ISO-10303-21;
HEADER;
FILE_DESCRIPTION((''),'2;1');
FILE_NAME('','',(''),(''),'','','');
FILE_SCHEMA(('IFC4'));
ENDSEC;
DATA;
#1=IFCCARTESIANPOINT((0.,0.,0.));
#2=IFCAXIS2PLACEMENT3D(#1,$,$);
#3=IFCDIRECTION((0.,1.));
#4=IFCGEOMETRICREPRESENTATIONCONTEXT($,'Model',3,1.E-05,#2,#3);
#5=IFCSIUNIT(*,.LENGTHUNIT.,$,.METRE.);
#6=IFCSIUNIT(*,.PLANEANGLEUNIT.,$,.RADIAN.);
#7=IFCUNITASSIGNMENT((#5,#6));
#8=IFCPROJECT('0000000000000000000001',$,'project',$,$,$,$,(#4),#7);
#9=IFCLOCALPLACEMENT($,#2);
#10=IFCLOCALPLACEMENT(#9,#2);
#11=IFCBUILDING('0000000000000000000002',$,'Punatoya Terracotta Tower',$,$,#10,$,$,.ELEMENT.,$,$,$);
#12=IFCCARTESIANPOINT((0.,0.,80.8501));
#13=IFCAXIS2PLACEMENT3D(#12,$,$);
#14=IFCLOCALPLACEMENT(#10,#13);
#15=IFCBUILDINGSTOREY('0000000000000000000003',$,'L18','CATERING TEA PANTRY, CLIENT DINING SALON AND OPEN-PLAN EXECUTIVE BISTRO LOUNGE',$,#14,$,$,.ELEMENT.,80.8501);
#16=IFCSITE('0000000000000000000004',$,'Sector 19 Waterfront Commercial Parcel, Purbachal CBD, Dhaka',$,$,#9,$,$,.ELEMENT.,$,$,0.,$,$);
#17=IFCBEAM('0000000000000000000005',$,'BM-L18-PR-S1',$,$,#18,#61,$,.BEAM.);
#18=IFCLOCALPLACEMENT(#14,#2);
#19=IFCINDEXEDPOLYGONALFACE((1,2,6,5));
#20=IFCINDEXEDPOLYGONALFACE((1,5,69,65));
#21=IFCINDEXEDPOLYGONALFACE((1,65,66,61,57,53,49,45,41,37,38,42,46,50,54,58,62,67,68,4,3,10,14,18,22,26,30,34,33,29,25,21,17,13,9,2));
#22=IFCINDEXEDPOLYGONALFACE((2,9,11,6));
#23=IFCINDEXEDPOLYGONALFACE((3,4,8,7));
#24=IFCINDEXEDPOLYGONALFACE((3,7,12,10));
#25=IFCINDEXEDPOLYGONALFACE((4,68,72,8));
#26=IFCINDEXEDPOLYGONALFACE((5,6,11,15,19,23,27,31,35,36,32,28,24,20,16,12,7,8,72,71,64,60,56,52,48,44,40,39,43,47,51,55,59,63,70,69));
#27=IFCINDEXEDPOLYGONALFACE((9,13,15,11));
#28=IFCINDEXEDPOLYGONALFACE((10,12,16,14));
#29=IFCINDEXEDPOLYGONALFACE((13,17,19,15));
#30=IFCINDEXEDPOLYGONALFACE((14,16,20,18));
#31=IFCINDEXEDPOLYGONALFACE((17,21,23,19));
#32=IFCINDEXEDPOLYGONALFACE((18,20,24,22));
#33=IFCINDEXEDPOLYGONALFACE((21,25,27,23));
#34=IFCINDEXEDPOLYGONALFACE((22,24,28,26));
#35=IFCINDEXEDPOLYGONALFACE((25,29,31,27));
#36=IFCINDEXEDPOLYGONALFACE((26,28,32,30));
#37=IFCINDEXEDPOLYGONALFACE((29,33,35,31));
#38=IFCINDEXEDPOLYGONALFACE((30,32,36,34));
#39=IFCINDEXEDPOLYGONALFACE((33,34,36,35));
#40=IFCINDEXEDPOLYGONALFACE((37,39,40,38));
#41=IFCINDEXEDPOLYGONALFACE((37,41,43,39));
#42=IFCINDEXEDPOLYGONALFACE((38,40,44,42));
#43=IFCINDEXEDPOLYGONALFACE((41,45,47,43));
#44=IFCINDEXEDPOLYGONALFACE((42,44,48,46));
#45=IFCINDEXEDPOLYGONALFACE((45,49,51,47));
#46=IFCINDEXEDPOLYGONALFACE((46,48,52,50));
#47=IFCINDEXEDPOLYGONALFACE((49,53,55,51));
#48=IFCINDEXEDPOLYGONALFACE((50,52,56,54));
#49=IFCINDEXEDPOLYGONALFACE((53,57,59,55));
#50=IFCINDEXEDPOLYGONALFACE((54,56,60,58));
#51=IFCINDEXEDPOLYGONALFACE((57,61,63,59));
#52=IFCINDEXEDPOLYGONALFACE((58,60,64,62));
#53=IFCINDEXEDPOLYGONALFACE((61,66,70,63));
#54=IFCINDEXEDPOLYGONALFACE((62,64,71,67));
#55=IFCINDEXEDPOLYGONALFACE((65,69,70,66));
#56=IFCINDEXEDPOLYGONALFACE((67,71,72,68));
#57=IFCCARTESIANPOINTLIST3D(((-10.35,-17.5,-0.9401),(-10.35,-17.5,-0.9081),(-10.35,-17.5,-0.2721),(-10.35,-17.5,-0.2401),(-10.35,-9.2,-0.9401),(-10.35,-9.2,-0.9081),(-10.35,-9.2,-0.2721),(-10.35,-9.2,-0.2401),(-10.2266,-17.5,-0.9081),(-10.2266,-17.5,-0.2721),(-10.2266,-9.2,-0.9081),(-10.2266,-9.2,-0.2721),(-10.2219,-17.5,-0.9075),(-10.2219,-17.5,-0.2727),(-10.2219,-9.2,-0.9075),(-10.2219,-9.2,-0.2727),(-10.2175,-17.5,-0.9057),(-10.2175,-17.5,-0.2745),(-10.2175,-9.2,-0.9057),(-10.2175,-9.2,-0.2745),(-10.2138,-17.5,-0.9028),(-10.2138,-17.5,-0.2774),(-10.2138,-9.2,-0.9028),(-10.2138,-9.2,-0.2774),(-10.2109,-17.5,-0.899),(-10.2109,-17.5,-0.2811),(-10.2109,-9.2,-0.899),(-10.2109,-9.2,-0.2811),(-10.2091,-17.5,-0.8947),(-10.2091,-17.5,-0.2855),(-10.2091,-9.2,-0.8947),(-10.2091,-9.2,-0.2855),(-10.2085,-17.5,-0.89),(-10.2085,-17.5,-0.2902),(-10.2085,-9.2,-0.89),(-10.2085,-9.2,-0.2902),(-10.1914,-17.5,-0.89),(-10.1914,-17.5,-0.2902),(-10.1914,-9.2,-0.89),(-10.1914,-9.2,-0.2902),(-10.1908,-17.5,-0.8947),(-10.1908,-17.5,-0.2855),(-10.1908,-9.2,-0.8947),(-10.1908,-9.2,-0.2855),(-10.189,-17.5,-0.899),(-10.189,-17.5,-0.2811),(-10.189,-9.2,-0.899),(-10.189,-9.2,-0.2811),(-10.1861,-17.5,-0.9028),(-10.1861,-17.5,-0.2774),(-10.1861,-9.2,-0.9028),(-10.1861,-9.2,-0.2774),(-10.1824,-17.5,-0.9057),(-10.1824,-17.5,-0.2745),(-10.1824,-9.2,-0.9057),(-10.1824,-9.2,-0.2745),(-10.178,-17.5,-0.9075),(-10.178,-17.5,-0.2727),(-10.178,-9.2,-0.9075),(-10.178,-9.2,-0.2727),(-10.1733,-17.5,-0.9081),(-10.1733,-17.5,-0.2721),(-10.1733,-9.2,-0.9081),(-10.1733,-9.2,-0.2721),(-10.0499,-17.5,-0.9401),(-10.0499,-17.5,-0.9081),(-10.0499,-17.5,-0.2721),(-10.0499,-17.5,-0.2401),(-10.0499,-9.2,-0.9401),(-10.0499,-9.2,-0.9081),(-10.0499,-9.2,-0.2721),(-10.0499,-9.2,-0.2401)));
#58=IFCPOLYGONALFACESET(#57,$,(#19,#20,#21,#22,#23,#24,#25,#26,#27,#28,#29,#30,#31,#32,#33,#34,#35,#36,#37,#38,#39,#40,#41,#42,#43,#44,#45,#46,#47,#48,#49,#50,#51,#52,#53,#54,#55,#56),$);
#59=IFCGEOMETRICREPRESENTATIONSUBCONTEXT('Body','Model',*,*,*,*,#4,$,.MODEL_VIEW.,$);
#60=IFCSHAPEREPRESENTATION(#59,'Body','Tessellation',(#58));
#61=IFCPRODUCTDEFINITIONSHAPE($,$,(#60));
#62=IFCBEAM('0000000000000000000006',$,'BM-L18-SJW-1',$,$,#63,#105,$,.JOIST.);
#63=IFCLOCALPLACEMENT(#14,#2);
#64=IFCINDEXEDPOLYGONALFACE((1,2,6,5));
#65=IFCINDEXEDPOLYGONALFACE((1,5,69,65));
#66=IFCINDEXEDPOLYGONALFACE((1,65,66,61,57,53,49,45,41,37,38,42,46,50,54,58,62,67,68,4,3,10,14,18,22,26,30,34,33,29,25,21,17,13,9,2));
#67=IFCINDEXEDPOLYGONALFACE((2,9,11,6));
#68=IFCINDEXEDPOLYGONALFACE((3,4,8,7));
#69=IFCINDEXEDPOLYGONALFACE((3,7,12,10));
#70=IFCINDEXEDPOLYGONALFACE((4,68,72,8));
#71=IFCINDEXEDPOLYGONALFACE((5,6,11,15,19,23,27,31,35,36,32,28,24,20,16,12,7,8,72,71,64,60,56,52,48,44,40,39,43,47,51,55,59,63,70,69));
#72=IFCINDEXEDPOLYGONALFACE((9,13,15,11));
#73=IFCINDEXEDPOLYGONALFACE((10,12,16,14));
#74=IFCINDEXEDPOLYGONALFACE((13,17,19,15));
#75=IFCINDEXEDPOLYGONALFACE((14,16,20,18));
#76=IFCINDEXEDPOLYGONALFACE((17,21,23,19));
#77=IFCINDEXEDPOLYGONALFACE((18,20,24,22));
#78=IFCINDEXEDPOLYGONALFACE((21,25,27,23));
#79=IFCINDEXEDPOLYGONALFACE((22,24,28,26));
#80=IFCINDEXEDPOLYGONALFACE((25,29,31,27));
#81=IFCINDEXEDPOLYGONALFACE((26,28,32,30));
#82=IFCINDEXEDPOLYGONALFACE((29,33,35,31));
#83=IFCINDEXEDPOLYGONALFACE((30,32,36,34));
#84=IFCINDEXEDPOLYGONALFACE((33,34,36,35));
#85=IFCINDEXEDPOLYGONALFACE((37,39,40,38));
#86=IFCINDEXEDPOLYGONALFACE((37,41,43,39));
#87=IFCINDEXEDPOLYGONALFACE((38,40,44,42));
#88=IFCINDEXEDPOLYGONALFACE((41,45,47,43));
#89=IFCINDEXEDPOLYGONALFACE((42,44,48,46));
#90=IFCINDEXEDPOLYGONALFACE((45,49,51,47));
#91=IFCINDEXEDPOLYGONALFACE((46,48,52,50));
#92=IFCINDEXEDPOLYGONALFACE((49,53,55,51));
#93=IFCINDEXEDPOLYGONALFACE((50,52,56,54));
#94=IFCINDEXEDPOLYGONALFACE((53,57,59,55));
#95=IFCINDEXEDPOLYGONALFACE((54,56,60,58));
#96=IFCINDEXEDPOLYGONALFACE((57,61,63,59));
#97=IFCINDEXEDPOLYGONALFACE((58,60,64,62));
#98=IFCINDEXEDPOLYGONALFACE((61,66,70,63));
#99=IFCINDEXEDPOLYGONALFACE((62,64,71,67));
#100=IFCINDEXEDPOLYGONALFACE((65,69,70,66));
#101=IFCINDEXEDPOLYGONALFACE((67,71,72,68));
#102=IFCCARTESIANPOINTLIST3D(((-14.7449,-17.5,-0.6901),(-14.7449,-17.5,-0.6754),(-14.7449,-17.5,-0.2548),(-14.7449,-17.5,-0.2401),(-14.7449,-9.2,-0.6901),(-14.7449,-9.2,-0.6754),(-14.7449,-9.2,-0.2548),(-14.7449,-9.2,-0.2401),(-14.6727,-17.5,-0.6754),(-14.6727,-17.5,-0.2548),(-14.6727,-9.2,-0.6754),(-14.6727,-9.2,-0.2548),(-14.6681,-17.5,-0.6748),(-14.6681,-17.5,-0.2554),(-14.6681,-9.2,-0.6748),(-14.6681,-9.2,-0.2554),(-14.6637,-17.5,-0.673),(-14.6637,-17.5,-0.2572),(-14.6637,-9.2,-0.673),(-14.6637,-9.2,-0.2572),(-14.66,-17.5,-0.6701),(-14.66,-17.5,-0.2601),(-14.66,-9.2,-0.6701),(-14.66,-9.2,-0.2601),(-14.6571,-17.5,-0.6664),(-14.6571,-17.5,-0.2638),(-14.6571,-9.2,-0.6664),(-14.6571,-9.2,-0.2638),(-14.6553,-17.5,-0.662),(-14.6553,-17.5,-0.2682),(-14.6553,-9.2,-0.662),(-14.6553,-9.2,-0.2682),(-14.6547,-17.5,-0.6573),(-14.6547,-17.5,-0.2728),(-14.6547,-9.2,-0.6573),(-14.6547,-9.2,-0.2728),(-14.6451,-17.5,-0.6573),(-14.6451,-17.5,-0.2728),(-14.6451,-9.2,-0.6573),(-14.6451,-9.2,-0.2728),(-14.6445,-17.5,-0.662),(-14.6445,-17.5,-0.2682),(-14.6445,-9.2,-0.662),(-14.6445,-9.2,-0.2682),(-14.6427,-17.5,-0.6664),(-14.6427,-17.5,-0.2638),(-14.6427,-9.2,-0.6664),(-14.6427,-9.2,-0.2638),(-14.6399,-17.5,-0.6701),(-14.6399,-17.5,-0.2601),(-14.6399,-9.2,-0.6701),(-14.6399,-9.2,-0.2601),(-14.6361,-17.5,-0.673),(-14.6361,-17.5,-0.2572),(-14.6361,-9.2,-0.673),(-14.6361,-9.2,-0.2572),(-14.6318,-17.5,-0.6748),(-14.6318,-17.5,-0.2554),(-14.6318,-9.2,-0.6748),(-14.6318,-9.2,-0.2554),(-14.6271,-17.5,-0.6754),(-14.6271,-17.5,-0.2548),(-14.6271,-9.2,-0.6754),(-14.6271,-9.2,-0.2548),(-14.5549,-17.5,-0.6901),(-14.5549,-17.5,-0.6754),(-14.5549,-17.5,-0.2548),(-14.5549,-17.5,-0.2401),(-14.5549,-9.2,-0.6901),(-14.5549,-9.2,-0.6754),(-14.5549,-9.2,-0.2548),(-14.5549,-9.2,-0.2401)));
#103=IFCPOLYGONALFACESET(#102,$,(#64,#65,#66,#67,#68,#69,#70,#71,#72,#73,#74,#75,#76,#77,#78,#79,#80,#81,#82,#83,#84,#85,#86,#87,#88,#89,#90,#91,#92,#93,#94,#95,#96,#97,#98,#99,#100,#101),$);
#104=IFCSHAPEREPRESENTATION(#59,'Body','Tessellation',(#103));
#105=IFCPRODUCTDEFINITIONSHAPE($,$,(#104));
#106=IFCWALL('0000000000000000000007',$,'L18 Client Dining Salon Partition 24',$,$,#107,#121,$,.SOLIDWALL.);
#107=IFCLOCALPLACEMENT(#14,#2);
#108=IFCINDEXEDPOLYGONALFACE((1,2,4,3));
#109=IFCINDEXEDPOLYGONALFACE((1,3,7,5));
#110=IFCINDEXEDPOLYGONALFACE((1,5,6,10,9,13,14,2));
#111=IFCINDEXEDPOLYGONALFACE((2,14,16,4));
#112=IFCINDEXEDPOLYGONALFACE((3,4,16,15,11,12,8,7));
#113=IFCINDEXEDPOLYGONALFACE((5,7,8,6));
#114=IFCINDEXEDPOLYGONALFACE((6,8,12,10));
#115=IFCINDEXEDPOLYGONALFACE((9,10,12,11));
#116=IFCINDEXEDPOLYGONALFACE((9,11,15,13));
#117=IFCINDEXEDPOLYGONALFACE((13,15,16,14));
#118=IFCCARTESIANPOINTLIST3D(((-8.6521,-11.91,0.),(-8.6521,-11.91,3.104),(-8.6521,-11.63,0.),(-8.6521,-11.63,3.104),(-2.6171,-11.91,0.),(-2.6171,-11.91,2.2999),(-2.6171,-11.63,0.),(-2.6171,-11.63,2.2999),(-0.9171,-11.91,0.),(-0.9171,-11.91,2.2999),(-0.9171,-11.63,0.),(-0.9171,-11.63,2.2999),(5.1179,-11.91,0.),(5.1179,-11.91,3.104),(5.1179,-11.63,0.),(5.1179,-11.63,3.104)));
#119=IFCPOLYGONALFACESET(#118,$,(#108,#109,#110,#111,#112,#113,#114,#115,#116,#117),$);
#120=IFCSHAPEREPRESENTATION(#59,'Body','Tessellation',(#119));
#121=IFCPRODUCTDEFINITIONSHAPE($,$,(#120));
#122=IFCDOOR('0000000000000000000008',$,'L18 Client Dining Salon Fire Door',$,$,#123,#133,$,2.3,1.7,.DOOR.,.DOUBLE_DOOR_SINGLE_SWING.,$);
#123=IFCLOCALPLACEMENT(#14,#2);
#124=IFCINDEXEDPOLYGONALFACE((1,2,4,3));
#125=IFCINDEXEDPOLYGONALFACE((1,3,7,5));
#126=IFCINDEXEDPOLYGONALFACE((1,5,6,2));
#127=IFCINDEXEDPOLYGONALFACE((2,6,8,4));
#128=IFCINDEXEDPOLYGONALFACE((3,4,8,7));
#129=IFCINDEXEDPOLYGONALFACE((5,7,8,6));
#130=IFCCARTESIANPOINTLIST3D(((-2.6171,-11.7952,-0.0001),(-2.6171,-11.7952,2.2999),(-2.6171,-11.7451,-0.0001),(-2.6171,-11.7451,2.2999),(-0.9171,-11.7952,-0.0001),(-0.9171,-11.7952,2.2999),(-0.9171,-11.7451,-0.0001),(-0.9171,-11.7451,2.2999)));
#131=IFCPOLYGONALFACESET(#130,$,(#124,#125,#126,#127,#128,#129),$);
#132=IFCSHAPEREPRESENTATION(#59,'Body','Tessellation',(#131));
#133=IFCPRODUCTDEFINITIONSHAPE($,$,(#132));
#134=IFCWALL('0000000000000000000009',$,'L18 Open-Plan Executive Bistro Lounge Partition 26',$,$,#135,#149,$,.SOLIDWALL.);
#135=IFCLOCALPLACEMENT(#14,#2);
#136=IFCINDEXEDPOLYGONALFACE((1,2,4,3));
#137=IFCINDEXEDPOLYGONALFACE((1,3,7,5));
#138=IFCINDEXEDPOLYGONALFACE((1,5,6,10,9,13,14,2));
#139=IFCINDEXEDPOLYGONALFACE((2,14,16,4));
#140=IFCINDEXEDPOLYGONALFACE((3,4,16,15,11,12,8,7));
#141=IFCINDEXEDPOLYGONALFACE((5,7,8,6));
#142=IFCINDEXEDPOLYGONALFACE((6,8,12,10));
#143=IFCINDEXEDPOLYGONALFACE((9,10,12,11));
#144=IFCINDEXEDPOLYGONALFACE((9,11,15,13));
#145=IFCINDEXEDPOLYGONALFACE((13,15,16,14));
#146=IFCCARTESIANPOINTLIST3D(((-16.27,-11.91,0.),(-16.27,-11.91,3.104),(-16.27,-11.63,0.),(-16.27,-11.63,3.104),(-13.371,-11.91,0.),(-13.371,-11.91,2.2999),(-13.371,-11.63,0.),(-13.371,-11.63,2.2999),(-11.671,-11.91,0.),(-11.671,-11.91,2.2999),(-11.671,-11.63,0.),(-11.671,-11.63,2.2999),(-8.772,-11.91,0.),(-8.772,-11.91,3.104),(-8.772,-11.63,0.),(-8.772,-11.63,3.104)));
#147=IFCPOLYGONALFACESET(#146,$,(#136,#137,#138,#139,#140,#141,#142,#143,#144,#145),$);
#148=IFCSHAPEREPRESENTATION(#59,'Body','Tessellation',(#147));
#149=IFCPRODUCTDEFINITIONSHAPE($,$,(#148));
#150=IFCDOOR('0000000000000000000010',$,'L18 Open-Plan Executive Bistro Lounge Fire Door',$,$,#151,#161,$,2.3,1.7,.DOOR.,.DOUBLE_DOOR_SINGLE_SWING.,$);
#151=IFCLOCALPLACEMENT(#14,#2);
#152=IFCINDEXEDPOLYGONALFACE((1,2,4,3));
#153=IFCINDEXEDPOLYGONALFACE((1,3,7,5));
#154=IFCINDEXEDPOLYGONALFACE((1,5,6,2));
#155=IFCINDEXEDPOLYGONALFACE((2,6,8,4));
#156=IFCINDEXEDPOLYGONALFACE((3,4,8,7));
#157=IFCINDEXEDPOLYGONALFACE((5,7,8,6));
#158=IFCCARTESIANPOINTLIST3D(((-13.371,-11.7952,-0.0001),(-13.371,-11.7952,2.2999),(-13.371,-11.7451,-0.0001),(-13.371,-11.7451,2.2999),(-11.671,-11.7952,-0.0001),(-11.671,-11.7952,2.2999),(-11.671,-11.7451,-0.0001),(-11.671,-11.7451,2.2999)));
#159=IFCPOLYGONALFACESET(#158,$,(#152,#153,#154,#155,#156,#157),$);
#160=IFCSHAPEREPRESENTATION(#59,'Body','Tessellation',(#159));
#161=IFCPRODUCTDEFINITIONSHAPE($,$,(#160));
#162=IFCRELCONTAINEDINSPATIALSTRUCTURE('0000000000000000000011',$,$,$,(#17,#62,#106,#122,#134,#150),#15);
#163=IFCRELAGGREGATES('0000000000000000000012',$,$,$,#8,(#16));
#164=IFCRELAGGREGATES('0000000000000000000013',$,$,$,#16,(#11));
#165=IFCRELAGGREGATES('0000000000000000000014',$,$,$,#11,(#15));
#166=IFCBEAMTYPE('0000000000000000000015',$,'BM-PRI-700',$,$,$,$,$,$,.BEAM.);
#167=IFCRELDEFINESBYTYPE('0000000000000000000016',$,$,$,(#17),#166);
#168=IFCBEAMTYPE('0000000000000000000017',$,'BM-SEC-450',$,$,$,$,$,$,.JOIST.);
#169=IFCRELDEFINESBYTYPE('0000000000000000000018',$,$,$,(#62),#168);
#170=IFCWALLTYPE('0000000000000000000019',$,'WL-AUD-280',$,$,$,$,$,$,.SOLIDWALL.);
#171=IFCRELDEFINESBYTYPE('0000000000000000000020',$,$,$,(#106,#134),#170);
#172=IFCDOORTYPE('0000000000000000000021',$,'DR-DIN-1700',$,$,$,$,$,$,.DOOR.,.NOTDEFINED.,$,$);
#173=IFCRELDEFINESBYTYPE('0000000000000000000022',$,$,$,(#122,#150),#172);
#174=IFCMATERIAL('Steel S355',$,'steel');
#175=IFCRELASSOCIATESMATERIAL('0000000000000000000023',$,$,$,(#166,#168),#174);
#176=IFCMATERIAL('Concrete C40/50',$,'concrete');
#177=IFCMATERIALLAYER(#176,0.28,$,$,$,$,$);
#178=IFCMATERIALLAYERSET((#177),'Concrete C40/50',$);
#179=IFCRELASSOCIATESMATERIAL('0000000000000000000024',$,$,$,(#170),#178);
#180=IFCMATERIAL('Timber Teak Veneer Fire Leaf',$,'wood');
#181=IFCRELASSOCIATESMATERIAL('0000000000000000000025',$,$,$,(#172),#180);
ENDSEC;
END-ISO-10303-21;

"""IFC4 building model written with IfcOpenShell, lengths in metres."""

from ifc_helpers import new_model, si_unit, direction, frame, frame_2d, origin, origin_2d, place, context, subcontext, project, spatial, rectangle, i_section, extrude, material, layer, layer_set, material_profile, profile_set, type_object, element, fill, save


model = new_model("IFC4")

# Units and contexts
model_context = context("Model", 3, precision=1e-05, world=origin(), true_north=direction((0.0, 1.0)))
body_context = subcontext(model_context, "Body", "Model", "MODEL_VIEW")
ifc_project = project(units=[si_unit("LENGTHUNIT", "METRE"), si_unit("PLANEANGLEUNIT", "RADIAN")], contexts=[model_context])

# Site, building, storey
site_placement = place(None, origin())
site = spatial("IfcSite", under=ifc_project, at=site_placement, Name="Sector 19 Waterfront Commercial Parcel, Purbachal CBD, Dhaka", CompositionType="ELEMENT", RefElevation=0.0)
building_placement = place(site_placement, origin())
building = spatial("IfcBuilding", under=site, at=building_placement, Name="Punatoya Terracotta Tower", CompositionType="ELEMENT")
storey_placement = place(building_placement, frame((0.0, 0.0, 80.8501)))
storey = spatial("IfcBuildingStorey", under=building, at=storey_placement, Name="L18", Description="CATERING TEA PANTRY, CLIENT DINING SALON AND OPEN-PLAN EXECUTIVE BISTRO LOUNGE", CompositionType="ELEMENT", Elevation=80.8501)

# Beams
ifc_material_1 = material(Name="Steel S355", Category="steel")
ifc_material_profile_1 = material_profile(ifc_material_1, i_section(OverallWidth=0.3, OverallDepth=0.7, WebThickness=0.0171, FlangeThickness=0.032, FilletRadius=0.0181, at=origin_2d()))
ifc_profile_set_1 = profile_set([ifc_material_profile_1], Name="Steel S355")
beam_type_1 = type_object("IfcBeamType", Name="BM-PRI-700", PredefinedType="BEAM", material=ifc_profile_set_1)
beam_1_placement = place(storey_placement, frame((-10.2, -17.5, -0.5901), z_axis=(0.0, 1.0, 0.0), x_axis=(-1.0, 0.0, 0.0)))
element("IfcBeam", 1, at=beam_1_placement, inside=storey, type_object=beam_type_1, Name="BM-L18-PR-S1", PredefinedType="BEAM", context=body_context, shape_type="SweptSolid", body=[
    extrude(i_section(OverallWidth=0.3, OverallDepth=0.7, WebThickness=0.0171, FlangeThickness=0.032, FilletRadius=0.0181, at=origin_2d()), origin(), (0.0, 0.0, 1.0), 8.3),
])
ifc_material_profile_2 = material_profile(ifc_material_1, i_section(OverallWidth=0.1899, OverallDepth=0.45, WebThickness=0.0095, FlangeThickness=0.0146, FilletRadius=0.0181, at=origin_2d()))
ifc_profile_set_2 = profile_set([ifc_material_profile_2], Name="Steel S355")
beam_type_2 = type_object("IfcBeamType", Name="BM-SEC-450", PredefinedType="JOIST", material=ifc_profile_set_2)
beam_2_placement = place(storey_placement, frame((-14.6499, -17.5, -0.4651), z_axis=(0.0, 1.0, 0.0), x_axis=(-1.0, 0.0, 0.0)))
element("IfcBeam", 2, at=beam_2_placement, inside=storey, type_object=beam_type_2, Name="BM-L18-SJW-1", PredefinedType="JOIST", context=body_context, shape_type="SweptSolid", body=[
    extrude(i_section(OverallWidth=0.1899, OverallDepth=0.45, WebThickness=0.0095, FlangeThickness=0.0146, FilletRadius=0.0181, at=origin_2d()), origin(), (0.0, 0.0, 1.0), 8.3),
])

# Walls, openings, doors
ifc_material_2 = material(Name="Concrete C40/50", Category="concrete")
ifc_layer_1 = layer(ifc_material_2, 0.28)
ifc_layer_set_1 = layer_set([ifc_layer_1], Name="Concrete C40/50")
wall_type_1 = type_object("IfcWallType", Name="WL-AUD-280", PredefinedType="SOLIDWALL", material=ifc_layer_set_1)
wall_1_placement = place(storey_placement, frame((-8.6521, -11.77, 0.0), z_axis=(0.0, 0.0, 1.0), x_axis=(1.0, 0.0, 0.0)))
wall_1 = element("IfcWall", 3, at=wall_1_placement, inside=storey, type_object=wall_type_1, Name="L18 Client Dining Salon Partition 24", PredefinedType="SOLIDWALL", context=body_context, shape_type="SweptSolid", body=[
    extrude(rectangle(XDim=13.77, YDim=0.28, at=frame_2d((6.885, 0.0))), origin(), (0.0, 0.0, 1.0), 3.104),
])
opening_1_placement = place(wall_1_placement, frame((6.0349, 0.0, 0.0)))
opening_1 = element("IfcOpeningElement", 4, at=opening_1_placement, cuts=wall_1, PredefinedType="OPENING", context=body_context, shape_type="SweptSolid", body=[
    extrude(rectangle(XDim=1.7, YDim=2.3, at=frame_2d((0.8501, 1.1499))), frame((0.0, 0.1499, 0.0), z_axis=(0.0, -1.0, 0.0), x_axis=(1.0, 0.0, 0.0)), (0.0, 0.0, 1.0), 0.3),
])
ifc_material_3 = material(Name="Timber Teak Veneer Fire Leaf", Category="wood")
door_type_1 = type_object("IfcDoorType", Name="DR-DIN-1700", OperationType="NOTDEFINED", PredefinedType="DOOR", material=ifc_material_3)
door_1_placement = place(opening_1_placement, origin())
door_1 = element("IfcDoor", 5, at=door_1_placement, inside=storey, type_object=door_type_1, Name="L18 Client Dining Salon Fire Door", OperationType="DOUBLE_DOOR_SINGLE_SWING", OverallHeight=2.3, OverallWidth=1.7, PredefinedType="DOOR", context=body_context, shape_type="SweptSolid", body=[
    extrude(rectangle(XDim=1.7, YDim=2.3, at=frame_2d((0.8501, 1.1499))), frame((0.0, 0.0249, 0.0), z_axis=(0.0, -1.0, 0.0), x_axis=(1.0, 0.0, 0.0)), (0.0, 0.0, 1.0), 0.05),
])
fill(opening_1, door_1)
wall_2_placement = place(storey_placement, frame((-16.27, -11.77, 0.0), z_axis=(0.0, 0.0, 1.0), x_axis=(1.0, 0.0, 0.0)))
wall_2 = element("IfcWall", 6, at=wall_2_placement, inside=storey, type_object=wall_type_1, Name="L18 Open-Plan Executive Bistro Lounge Partition 26", PredefinedType="SOLIDWALL", context=body_context, shape_type="SweptSolid", body=[
    extrude(rectangle(XDim=7.498, YDim=0.28, at=frame_2d((3.749, 0.0))), origin(), (0.0, 0.0, 1.0), 3.104),
])
opening_2_placement = place(wall_2_placement, frame((2.8989, 0.0, 0.0)))
opening_2 = element("IfcOpeningElement", 7, at=opening_2_placement, cuts=wall_2, PredefinedType="OPENING", context=body_context, shape_type="SweptSolid", body=[
    extrude(rectangle(XDim=1.7, YDim=2.3, at=frame_2d((0.8501, 1.1499))), frame((0.0, 0.1499, 0.0), z_axis=(0.0, -1.0, 0.0), x_axis=(1.0, 0.0, 0.0)), (0.0, 0.0, 1.0), 0.3),
])
door_2_placement = place(opening_2_placement, origin())
door_2 = element("IfcDoor", 8, at=door_2_placement, inside=storey, type_object=door_type_1, Name="L18 Open-Plan Executive Bistro Lounge Fire Door", OperationType="DOUBLE_DOOR_SINGLE_SWING", OverallHeight=2.3, OverallWidth=1.7, PredefinedType="DOOR", context=body_context, shape_type="SweptSolid", body=[
    extrude(rectangle(XDim=1.7, YDim=2.3, at=frame_2d((0.8501, 1.1499))), frame((0.0, 0.0249, 0.0), z_axis=(0.0, -1.0, 0.0), x_axis=(1.0, 0.0, 0.0)), (0.0, 0.0, 1.0), 0.05),
])
fill(opening_2, door_2)

save(model, "model.ifc")
